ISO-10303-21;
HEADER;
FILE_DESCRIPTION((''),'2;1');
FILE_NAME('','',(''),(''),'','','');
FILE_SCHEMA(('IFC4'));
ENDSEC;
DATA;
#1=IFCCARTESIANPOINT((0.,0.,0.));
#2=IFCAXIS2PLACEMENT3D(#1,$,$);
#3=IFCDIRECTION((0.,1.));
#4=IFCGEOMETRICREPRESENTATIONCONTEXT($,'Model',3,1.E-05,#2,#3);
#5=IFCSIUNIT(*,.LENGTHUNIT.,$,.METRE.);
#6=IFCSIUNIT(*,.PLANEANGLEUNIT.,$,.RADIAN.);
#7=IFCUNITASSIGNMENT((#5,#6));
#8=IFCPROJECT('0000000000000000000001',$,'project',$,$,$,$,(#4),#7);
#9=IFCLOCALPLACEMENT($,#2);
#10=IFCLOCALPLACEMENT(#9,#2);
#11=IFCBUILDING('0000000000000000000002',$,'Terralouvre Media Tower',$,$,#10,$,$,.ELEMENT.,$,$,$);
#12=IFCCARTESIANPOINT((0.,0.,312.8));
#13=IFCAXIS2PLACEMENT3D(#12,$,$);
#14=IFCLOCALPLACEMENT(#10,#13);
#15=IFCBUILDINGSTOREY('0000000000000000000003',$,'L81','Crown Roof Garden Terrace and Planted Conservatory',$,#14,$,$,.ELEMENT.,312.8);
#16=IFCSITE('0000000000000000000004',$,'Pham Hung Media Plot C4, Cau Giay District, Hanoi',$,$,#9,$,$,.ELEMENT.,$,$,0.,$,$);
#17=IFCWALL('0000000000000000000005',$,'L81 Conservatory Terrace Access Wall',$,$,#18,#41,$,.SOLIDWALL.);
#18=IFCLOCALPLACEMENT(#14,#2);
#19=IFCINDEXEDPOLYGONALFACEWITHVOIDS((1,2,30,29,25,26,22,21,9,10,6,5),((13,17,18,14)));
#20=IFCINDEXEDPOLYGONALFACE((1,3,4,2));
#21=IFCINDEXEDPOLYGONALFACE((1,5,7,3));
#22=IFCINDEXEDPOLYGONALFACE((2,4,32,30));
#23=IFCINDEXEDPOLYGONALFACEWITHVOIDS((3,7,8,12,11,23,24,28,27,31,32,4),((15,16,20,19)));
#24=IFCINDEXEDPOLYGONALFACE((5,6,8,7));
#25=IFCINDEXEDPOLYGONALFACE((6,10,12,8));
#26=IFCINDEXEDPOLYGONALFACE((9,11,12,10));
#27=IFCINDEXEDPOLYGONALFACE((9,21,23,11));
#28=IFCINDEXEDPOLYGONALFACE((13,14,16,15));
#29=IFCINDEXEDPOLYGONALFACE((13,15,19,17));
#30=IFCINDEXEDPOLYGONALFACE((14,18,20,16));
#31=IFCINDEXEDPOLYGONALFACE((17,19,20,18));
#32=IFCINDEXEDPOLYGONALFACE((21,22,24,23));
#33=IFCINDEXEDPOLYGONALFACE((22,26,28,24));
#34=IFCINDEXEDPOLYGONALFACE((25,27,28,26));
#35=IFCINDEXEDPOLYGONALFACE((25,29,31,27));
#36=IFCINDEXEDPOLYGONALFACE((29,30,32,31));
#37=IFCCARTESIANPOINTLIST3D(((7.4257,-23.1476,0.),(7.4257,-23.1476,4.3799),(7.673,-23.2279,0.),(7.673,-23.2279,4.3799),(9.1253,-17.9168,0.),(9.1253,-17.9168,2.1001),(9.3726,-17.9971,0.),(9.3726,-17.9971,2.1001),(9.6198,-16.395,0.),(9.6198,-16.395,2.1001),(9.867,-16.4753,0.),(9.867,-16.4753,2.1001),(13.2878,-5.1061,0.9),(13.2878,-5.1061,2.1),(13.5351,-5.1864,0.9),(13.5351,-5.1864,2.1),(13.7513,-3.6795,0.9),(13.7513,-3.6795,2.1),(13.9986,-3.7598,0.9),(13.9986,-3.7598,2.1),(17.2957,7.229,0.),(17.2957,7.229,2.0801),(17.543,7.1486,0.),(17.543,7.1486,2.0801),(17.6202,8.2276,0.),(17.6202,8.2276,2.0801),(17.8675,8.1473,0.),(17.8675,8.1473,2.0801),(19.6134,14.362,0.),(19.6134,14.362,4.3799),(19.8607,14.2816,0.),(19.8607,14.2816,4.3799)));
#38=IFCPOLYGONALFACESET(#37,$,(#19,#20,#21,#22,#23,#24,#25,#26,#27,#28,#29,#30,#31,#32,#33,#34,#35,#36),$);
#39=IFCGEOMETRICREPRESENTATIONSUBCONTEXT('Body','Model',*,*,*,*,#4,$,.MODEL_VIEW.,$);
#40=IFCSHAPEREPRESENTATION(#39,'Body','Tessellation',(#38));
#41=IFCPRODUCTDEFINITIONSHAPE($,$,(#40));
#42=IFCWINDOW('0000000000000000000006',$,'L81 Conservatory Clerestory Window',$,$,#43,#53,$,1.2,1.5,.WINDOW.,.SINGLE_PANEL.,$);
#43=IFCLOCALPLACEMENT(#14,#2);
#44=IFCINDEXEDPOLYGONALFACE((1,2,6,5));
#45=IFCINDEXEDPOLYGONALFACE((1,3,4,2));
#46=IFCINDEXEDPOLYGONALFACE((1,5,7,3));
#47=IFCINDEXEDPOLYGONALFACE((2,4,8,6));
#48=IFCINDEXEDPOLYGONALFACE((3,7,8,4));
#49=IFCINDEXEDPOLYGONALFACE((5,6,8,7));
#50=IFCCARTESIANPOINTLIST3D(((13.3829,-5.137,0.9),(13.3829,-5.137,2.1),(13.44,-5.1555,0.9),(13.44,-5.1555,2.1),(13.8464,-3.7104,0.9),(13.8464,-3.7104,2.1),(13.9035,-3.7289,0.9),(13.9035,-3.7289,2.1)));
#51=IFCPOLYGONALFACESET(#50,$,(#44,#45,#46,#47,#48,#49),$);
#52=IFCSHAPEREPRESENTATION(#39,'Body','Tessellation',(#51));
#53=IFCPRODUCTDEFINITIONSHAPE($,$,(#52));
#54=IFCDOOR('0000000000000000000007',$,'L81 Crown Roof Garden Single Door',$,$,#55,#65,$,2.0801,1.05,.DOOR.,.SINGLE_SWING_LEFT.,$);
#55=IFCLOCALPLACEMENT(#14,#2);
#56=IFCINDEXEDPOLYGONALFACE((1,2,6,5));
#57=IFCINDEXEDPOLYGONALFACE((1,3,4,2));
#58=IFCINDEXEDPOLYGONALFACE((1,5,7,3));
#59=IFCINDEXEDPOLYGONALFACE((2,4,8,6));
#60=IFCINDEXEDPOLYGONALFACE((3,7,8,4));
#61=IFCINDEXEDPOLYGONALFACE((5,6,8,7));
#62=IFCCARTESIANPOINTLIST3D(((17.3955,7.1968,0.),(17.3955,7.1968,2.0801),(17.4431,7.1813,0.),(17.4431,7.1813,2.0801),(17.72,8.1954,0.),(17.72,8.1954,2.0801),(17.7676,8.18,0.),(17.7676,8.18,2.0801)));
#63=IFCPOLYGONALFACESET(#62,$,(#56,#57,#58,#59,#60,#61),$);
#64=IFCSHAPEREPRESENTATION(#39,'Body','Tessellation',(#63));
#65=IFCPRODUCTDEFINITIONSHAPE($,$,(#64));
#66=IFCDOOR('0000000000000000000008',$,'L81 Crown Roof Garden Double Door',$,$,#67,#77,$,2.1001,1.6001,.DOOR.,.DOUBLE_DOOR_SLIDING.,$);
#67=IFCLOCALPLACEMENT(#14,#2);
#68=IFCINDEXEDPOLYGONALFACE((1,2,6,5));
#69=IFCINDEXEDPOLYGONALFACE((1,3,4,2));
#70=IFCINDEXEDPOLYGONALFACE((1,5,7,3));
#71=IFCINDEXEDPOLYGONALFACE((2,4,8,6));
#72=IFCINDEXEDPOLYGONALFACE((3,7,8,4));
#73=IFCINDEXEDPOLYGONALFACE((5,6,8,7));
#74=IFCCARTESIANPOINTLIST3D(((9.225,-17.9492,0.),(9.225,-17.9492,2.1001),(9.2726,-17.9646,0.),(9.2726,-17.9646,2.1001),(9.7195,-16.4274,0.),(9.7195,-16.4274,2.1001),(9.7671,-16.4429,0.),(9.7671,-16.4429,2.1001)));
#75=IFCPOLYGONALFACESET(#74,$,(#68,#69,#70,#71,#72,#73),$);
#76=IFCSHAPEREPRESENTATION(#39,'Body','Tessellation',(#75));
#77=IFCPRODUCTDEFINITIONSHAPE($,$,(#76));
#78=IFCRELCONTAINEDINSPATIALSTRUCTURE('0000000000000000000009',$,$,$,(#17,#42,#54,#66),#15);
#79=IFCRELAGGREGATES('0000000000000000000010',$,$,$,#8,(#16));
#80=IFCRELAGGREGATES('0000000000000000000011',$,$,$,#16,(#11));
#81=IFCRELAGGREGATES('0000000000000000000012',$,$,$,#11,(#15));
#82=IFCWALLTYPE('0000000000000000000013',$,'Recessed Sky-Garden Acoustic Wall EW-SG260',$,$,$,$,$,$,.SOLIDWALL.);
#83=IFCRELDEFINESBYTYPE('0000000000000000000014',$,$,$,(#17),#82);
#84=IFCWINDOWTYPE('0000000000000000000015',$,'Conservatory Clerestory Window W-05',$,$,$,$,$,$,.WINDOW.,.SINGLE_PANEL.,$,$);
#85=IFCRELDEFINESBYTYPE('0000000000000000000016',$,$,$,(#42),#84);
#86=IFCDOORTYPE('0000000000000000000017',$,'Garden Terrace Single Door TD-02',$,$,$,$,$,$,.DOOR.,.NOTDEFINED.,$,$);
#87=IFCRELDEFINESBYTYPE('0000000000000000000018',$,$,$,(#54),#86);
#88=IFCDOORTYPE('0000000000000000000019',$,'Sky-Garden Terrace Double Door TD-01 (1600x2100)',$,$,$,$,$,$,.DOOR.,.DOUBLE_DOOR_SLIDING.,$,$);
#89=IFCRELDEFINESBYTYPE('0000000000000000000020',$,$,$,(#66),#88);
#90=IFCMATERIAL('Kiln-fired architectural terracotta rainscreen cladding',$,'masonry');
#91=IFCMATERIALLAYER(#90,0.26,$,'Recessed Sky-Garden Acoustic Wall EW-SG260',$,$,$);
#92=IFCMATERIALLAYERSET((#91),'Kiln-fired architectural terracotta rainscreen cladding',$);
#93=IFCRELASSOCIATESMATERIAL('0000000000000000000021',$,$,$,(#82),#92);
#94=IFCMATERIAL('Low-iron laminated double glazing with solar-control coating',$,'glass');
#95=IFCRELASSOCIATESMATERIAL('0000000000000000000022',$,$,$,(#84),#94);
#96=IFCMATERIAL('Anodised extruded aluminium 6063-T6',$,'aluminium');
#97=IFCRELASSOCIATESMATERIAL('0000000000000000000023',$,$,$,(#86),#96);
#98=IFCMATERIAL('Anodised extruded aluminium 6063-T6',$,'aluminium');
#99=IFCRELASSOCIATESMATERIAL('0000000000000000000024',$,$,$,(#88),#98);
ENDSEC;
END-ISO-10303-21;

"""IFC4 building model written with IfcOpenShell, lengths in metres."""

from ifc_helpers import new_model, si_unit, direction, frame, frame_2d, origin, place, context, subcontext, project, spatial, rectangle, extrude, material, layer, layer_set, type_object, element, fill, save


model = new_model("IFC4")

# Units and contexts
model_context = context("Model", 3, precision=1e-05, world=origin(), true_north=direction((0.0, 1.0)))
body_context = subcontext(model_context, "Body", "Model", "MODEL_VIEW")
ifc_project = project(units=[si_unit("LENGTHUNIT", "METRE"), si_unit("PLANEANGLEUNIT", "RADIAN")], contexts=[model_context])

# Site, building, storey
site_placement = place(None, origin())
site = spatial("IfcSite", under=ifc_project, at=site_placement, Name="Pham Hung Media Plot C4, Cau Giay District, Hanoi", CompositionType="ELEMENT", RefElevation=0.0)
building_placement = place(site_placement, origin())
building = spatial("IfcBuilding", under=site, at=building_placement, Name="Terralouvre Media Tower", CompositionType="ELEMENT")
storey_placement = place(building_placement, frame((0.0, 0.0, 312.8)))
storey = spatial("IfcBuildingStorey", under=building, at=storey_placement, Name="L81", Description="Crown Roof Garden Terrace and Planted Conservatory", CompositionType="ELEMENT", Elevation=312.8)

# Wall, openings, window, doors
ifc_material_1 = material(Name="Kiln-fired architectural terracotta rainscreen cladding", Category="masonry")
ifc_layer_1 = layer(ifc_material_1, 0.26, Name="Recessed Sky-Garden Acoustic Wall EW-SG260")
ifc_layer_set_1 = layer_set([ifc_layer_1], Name="Kiln-fired architectural terracotta rainscreen cladding")
wall_type = type_object("IfcWallType", Name="Recessed Sky-Garden Acoustic Wall EW-SG260", PredefinedType="SOLIDWALL", material=ifc_layer_set_1)
wall_placement = place(storey_placement, frame((7.5493, -23.1877, 0.0), z_axis=(0.0, 0.0, 1.0), x_axis=(0.309021, 0.951055, 0.0)))
wall = element("IfcWall", 1, at=wall_placement, inside=storey, type_object=wall_type, Name="L81 Conservatory Terrace Access Wall", PredefinedType="SOLIDWALL", context=body_context, shape_type="SweptSolid", body=[
    extrude(rectangle(XDim=39.4399, YDim=0.26, at=frame_2d((19.72, 0.0))), origin(), (0.0, 0.0, 1.0), 4.3799),
])
opening_1_placement = place(wall_placement, frame((5.5, 0.0, 0.0)))
opening_1 = element("IfcOpeningElement", 2, at=opening_1_placement, cuts=wall, PredefinedType="OPENING", context=body_context, shape_type="SweptSolid", body=[
    extrude(rectangle(XDim=1.6001, YDim=2.1001, at=frame_2d((0.8, 1.05))), frame((0.0, 0.1399, 0.0), z_axis=(0.0, -1.0, 0.0), x_axis=(1.0, 0.0, 0.0)), (0.0, 0.0, 1.0), 0.28),
])
opening_2_placement = place(wall_placement, frame((31.9399, 0.0, 0.0)))
opening_2 = element("IfcOpeningElement", 3, at=opening_2_placement, cuts=wall, PredefinedType="OPENING", context=body_context, shape_type="SweptSolid", body=[
    extrude(rectangle(XDim=1.05, YDim=2.0801, at=frame_2d((0.5249, 1.04))), frame((0.0, 0.1399, 0.0), z_axis=(0.0, -1.0, 0.0), x_axis=(1.0, 0.0, 0.0)), (0.0, 0.0, 1.0), 0.28),
])
opening_3_placement = place(wall_placement, frame((18.97, 0.0, 0.8999)))
opening_3 = element("IfcOpeningElement", 4, at=opening_3_placement, cuts=wall, PredefinedType="OPENING", context=body_context, shape_type="SweptSolid", body=[
    extrude(rectangle(XDim=1.5, YDim=1.2, at=frame_2d((0.75, 0.6001))), frame((0.0, 0.1399, 0.0), z_axis=(0.0, -1.0, 0.0), x_axis=(1.0, 0.0, 0.0)), (0.0, 0.0, 1.0), 0.28),
])
ifc_material_2 = material(Name="Low-iron laminated double glazing with solar-control coating", Category="glass")
window_type = type_object("IfcWindowType", Name="Conservatory Clerestory Window W-05", PartitioningType="SINGLE_PANEL", PredefinedType="WINDOW", material=ifc_material_2)
window_placement = place(opening_3_placement, origin())
window = element("IfcWindow", 5, at=window_placement, inside=storey, type_object=window_type, Name="L81 Conservatory Clerestory Window", OverallHeight=1.2, OverallWidth=1.5, PartitioningType="SINGLE_PANEL", PredefinedType="WINDOW", context=body_context, shape_type="SweptSolid", body=[
    extrude(rectangle(XDim=1.5, YDim=1.2, at=frame_2d((0.75, 0.6001))), frame((0.0, 0.03, 0.0), z_axis=(0.0, -1.0, 0.0), x_axis=(1.0, 0.0, 0.0)), (0.0, 0.0, 1.0), 0.0601),
])
fill(opening_3, window)
ifc_material_3 = material(Name="Anodised extruded aluminium 6063-T6", Category="aluminium")
door_type_1 = type_object("IfcDoorType", Name="Garden Terrace Single Door TD-02", OperationType="NOTDEFINED", PredefinedType="DOOR", material=ifc_material_3)
door_1_placement = place(opening_2_placement, frame((1.05, 0.0, 0.0), z_axis=(0.0, 0.0, 1.0), x_axis=(-1.0, 0.0, 0.0)))
door_1 = element("IfcDoor", 6, at=door_1_placement, inside=storey, type_object=door_type_1, Name="L81 Crown Roof Garden Single Door", OperationType="SINGLE_SWING_LEFT", OverallHeight=2.0801, OverallWidth=1.05, PredefinedType="DOOR", context=body_context, shape_type="SweptSolid", body=[
    extrude(rectangle(XDim=1.05, YDim=2.0801, at=frame_2d((0.5249, 1.04))), frame((0.0, 0.0249, 0.0), z_axis=(0.0, -1.0, 0.0), x_axis=(1.0, 0.0, 0.0)), (0.0, 0.0, 1.0), 0.05),
])
fill(opening_2, door_1)
ifc_material_4 = material(Name="Anodised extruded aluminium 6063-T6", Category="aluminium")
door_type_2 = type_object("IfcDoorType", Name="Sky-Garden Terrace Double Door TD-01 (1600x2100)", OperationType="DOUBLE_DOOR_SLIDING", PredefinedType="DOOR", material=ifc_material_4)
door_2_placement = place(opening_1_placement, frame((1.6001, 0.0, 0.0), z_axis=(0.0, 0.0, 1.0), x_axis=(-1.0, 0.0, 0.0)))
door_2 = element("IfcDoor", 7, at=door_2_placement, inside=storey, type_object=door_type_2, Name="L81 Crown Roof Garden Double Door", OperationType="DOUBLE_DOOR_SLIDING", OverallHeight=2.1001, OverallWidth=1.6001, PredefinedType="DOOR", context=body_context, shape_type="SweptSolid", body=[
    extrude(rectangle(XDim=1.6001, YDim=2.1001, at=frame_2d((0.8, 1.05))), frame((0.0, 0.0249, 0.0), z_axis=(0.0, -1.0, 0.0), x_axis=(1.0, 0.0, 0.0)), (0.0, 0.0, 1.0), 0.05),
])
fill(opening_1, door_2)

save(model, "model.ifc")
